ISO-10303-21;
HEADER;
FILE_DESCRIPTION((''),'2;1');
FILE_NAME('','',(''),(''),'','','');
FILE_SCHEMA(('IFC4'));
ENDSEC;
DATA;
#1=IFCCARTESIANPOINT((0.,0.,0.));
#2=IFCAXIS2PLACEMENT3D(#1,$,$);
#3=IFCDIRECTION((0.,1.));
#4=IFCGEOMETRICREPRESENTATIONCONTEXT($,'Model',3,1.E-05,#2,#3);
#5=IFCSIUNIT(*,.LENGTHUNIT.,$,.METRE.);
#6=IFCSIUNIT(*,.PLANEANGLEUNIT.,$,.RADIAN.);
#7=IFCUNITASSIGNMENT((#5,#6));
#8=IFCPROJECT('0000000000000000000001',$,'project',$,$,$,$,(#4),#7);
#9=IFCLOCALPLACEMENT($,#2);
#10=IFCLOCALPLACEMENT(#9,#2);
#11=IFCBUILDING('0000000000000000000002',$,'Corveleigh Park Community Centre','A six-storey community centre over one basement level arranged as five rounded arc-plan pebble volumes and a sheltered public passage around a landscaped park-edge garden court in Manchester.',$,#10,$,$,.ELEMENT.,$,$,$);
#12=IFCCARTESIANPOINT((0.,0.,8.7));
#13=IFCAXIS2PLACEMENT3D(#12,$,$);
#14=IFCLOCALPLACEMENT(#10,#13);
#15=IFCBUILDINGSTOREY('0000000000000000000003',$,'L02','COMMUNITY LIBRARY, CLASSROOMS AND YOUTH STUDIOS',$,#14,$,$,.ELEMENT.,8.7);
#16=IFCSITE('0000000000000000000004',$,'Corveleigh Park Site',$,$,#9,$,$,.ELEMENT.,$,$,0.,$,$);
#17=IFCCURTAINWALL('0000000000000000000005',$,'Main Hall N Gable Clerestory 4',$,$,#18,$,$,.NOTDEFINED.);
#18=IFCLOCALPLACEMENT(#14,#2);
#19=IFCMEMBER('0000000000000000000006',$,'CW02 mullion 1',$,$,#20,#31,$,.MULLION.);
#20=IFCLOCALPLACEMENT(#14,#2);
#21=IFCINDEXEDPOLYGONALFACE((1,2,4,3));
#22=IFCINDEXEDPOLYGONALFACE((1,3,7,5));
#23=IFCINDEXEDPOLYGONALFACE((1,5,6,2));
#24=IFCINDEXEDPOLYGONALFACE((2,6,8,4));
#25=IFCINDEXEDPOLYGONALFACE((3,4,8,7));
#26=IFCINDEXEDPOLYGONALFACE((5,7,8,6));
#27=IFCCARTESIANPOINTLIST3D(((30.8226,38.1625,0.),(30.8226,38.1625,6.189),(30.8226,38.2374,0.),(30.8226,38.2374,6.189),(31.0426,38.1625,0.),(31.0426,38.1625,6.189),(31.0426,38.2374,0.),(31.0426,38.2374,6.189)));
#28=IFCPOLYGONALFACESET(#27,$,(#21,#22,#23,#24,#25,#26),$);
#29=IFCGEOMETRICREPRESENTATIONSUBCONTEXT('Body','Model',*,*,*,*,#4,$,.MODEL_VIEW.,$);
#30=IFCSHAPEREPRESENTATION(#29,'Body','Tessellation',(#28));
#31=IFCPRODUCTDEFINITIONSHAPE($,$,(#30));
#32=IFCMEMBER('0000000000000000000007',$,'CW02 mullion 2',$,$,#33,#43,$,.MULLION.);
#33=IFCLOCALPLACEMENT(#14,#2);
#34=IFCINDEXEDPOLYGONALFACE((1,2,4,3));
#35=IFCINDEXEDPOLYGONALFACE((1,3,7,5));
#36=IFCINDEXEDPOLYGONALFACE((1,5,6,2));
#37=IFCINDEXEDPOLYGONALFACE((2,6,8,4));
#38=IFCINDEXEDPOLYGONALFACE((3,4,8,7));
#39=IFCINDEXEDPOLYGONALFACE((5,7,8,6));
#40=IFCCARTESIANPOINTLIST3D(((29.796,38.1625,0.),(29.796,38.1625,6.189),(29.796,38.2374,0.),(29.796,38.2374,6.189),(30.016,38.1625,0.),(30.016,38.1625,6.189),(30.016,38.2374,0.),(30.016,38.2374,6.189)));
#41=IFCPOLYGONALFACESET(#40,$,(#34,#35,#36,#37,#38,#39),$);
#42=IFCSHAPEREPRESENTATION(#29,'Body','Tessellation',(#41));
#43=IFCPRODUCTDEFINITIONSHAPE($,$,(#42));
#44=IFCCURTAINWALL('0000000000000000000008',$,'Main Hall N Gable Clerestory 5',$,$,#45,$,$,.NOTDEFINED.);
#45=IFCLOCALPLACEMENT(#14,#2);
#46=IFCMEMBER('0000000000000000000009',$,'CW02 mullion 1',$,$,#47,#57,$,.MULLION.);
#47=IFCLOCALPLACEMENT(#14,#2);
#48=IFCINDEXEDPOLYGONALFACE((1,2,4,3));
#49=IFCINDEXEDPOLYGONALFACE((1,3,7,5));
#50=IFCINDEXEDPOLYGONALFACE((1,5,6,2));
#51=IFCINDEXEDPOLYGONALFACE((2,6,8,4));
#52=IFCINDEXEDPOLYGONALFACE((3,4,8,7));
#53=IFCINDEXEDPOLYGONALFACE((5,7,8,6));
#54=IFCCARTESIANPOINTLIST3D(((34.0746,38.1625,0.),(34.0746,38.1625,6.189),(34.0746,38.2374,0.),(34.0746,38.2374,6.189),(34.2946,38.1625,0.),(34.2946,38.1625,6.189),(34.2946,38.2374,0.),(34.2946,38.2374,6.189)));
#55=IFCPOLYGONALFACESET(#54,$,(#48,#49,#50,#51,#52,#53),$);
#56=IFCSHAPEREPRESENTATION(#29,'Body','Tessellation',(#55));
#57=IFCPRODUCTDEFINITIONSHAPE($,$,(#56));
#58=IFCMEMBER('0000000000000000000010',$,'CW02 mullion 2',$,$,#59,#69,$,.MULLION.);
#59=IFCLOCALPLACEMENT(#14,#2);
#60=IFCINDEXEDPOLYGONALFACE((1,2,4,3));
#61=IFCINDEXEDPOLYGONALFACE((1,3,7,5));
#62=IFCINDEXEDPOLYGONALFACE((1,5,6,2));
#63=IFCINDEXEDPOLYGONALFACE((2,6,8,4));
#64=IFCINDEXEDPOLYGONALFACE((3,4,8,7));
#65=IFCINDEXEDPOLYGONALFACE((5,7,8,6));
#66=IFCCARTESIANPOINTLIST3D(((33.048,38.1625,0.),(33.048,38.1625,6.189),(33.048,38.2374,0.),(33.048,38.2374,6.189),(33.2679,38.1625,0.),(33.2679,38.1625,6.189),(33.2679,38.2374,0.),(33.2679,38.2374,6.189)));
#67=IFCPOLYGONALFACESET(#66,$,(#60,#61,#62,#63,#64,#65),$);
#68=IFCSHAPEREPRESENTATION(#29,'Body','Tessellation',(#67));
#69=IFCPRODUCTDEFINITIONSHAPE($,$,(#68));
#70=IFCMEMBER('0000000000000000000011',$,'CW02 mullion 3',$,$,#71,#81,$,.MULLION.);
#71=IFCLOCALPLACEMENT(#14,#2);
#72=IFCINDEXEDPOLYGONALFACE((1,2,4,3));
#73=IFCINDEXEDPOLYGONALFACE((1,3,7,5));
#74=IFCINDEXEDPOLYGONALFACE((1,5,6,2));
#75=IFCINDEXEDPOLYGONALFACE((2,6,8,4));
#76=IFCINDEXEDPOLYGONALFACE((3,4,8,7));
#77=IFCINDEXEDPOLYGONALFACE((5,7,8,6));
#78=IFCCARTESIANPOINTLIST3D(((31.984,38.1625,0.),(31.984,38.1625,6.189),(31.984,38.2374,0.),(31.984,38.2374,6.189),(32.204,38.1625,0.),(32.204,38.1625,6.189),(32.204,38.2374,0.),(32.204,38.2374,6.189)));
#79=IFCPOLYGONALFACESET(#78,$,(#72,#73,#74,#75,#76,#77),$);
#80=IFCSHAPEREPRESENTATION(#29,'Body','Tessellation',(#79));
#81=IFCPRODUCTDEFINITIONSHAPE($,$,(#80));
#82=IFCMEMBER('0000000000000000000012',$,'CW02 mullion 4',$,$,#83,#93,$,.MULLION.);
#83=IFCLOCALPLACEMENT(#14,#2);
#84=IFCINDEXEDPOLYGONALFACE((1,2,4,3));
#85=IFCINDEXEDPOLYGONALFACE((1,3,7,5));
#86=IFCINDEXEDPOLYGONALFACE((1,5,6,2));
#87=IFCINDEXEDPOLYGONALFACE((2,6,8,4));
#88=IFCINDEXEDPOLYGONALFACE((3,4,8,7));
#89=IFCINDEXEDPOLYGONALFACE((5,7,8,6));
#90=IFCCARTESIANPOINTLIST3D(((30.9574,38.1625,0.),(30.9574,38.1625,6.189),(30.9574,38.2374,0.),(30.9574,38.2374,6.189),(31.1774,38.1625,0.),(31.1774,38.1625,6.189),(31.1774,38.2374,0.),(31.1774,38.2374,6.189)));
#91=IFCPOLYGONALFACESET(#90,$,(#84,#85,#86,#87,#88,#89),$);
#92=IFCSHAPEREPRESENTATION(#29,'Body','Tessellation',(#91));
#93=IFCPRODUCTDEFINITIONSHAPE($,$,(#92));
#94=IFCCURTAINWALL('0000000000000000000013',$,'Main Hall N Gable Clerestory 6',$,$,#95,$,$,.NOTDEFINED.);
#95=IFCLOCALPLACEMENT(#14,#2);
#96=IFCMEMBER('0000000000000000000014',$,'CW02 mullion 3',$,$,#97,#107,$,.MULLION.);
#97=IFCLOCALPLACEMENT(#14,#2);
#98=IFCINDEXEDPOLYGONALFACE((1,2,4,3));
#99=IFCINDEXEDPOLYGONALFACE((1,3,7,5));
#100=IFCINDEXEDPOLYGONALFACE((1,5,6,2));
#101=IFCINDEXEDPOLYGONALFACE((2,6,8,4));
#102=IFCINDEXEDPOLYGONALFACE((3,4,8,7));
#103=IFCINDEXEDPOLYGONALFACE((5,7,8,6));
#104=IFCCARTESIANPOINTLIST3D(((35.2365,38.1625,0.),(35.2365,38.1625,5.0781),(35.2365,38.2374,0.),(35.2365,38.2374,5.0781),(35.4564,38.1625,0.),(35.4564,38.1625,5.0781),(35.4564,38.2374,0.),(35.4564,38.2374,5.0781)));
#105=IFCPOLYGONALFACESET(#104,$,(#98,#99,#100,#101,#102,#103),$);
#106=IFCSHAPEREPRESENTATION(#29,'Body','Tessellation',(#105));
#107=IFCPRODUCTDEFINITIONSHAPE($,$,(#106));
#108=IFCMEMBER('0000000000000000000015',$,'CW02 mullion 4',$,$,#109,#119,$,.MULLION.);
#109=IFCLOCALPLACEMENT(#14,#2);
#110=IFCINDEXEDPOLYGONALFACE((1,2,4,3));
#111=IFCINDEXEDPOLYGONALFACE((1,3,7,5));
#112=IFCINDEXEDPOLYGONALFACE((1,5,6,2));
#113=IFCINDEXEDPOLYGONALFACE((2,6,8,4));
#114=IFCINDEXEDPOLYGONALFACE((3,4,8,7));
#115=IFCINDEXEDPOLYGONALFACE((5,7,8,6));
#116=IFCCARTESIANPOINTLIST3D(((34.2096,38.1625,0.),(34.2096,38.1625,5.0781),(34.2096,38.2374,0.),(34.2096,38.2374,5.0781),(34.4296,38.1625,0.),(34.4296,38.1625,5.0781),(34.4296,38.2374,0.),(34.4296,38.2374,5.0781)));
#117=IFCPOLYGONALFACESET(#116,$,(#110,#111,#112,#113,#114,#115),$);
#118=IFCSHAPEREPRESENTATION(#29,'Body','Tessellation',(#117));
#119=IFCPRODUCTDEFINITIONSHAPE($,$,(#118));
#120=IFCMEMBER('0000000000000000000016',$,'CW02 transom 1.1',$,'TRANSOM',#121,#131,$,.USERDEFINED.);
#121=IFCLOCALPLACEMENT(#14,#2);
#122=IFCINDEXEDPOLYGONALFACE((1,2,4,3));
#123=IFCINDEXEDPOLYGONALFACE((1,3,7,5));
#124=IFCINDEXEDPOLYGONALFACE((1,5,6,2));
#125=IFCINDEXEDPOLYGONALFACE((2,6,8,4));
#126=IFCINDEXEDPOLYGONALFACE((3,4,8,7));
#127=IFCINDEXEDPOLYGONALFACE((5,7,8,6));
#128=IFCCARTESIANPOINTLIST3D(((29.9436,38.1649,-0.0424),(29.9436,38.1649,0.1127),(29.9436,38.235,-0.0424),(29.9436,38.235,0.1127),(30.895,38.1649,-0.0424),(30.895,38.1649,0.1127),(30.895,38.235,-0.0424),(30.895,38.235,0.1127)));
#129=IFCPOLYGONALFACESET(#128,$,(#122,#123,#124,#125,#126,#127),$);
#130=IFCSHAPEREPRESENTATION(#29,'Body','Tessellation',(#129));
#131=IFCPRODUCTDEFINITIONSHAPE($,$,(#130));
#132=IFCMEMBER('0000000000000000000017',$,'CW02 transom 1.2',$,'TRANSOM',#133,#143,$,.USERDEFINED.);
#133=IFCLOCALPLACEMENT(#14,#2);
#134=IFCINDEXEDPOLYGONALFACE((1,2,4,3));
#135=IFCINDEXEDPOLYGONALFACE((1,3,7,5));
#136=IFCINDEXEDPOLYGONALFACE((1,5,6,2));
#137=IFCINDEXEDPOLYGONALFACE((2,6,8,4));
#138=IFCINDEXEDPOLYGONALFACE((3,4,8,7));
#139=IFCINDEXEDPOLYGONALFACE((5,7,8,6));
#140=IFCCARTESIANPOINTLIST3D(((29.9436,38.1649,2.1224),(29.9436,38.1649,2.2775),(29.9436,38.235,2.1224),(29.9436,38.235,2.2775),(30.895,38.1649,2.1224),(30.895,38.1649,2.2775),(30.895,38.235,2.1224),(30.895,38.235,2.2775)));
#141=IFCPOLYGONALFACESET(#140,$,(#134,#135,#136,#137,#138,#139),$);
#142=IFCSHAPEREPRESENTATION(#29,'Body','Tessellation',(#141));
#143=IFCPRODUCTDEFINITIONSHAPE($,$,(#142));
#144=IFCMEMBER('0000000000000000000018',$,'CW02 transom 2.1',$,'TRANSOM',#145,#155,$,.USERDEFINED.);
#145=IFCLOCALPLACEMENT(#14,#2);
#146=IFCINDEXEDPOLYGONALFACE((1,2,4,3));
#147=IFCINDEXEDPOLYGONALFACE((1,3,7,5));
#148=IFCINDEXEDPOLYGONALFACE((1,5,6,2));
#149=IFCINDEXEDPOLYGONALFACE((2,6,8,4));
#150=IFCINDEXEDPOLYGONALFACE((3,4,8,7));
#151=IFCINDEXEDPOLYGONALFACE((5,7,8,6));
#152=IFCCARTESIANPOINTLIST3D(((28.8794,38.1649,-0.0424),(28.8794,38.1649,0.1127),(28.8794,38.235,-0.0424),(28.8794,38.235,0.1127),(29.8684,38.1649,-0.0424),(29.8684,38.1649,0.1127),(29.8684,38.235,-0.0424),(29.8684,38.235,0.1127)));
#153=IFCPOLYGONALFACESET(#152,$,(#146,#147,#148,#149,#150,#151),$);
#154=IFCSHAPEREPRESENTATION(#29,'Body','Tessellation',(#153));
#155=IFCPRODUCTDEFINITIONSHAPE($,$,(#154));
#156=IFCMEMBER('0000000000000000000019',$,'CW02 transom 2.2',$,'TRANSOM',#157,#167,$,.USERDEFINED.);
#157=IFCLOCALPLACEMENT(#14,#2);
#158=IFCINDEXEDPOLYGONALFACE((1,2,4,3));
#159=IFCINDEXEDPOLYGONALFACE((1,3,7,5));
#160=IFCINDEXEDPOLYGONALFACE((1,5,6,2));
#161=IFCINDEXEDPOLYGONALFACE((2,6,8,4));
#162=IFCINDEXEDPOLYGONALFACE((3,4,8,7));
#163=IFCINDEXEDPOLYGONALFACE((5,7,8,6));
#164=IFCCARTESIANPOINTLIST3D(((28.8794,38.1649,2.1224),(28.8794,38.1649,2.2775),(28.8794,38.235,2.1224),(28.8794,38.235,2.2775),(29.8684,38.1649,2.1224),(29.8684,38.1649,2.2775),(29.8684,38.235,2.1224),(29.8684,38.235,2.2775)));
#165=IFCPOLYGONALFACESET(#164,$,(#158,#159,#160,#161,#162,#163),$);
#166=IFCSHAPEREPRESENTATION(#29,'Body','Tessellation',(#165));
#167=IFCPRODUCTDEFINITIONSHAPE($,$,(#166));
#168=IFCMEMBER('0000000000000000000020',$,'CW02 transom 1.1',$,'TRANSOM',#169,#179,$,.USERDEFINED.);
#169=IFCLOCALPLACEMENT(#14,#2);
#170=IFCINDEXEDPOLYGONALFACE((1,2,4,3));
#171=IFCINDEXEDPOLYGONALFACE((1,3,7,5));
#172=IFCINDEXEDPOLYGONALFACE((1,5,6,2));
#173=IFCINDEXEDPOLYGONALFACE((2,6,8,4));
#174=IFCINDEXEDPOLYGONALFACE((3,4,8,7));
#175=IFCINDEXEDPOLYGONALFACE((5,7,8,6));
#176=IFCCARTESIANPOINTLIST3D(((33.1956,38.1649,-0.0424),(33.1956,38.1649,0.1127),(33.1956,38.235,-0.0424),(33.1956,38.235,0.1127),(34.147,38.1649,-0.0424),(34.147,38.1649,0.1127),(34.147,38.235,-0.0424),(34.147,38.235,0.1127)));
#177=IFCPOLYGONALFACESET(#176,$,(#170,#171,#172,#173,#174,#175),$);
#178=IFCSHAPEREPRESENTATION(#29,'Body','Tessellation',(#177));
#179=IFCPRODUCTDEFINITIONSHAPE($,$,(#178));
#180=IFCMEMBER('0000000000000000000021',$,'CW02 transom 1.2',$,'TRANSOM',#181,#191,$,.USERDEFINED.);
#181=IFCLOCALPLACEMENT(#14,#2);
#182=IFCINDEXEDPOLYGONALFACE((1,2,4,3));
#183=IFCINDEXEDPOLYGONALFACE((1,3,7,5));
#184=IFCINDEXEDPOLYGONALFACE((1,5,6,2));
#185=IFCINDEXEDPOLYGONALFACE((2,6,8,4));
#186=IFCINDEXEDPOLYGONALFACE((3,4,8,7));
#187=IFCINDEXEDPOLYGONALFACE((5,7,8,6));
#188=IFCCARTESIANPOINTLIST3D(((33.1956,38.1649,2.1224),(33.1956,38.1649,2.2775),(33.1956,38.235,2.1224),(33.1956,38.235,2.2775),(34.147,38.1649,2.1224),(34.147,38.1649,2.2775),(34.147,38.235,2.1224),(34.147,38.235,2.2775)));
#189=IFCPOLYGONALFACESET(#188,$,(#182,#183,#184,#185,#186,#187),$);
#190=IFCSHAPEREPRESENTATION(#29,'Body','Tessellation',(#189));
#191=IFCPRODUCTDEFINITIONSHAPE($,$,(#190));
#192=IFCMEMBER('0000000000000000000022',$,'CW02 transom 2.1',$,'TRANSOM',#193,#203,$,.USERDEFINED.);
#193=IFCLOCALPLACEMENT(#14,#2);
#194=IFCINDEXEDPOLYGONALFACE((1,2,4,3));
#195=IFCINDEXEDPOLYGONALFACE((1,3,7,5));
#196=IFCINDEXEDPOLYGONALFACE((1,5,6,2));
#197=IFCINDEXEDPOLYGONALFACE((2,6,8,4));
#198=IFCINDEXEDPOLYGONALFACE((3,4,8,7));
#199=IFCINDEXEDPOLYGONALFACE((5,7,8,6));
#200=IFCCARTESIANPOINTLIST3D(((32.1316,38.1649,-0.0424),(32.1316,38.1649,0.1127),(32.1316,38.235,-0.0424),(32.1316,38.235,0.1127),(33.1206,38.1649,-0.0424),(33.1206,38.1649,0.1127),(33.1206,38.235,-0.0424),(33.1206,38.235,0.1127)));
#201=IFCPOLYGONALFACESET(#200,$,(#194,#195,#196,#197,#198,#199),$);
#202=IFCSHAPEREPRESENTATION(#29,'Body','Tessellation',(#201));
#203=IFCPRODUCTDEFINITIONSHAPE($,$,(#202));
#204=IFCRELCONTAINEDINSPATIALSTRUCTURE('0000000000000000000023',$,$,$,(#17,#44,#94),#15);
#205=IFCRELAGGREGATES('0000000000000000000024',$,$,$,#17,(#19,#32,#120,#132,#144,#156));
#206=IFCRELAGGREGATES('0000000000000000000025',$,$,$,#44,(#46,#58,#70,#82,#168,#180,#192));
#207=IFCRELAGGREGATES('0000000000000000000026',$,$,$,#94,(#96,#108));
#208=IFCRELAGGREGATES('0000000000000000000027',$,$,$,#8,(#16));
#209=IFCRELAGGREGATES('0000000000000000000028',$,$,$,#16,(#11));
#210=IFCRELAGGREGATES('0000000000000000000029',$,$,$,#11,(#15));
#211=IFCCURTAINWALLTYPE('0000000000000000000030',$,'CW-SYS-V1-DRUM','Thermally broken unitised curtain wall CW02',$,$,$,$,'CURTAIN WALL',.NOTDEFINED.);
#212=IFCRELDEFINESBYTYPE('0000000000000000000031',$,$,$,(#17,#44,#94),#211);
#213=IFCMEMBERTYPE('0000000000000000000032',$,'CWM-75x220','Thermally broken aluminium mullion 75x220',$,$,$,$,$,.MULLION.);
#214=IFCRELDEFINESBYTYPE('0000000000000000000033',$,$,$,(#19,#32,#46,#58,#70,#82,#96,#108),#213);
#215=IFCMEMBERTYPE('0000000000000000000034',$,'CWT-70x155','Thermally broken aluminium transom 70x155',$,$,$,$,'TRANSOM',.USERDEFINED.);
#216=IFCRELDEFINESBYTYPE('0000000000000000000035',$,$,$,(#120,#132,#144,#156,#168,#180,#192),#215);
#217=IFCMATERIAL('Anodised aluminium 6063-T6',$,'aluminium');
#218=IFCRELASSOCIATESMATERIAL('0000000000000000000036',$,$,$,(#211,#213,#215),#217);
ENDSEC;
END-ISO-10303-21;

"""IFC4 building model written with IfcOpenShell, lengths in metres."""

from ifc_helpers import new_model, si_unit, direction, frame, origin, origin_2d, place, context, subcontext, project, spatial, rectangle, extrude, material, material_profile, profile_set, type_object, element, aggregate, save


model = new_model("IFC4")

# Units and contexts
model_context = context("Model", 3, precision=1e-05, world=origin(), true_north=direction((0.0, 1.0)))
body_context = subcontext(model_context, "Body", "Model", "MODEL_VIEW")
ifc_project = project(units=[si_unit("LENGTHUNIT", "METRE"), si_unit("PLANEANGLEUNIT", "RADIAN")], contexts=[model_context])

# Site, building, storey
site_placement = place(None, origin())
site = spatial("IfcSite", under=ifc_project, at=site_placement, Name="Corveleigh Park Site", CompositionType="ELEMENT", RefElevation=0.0)
building_placement = place(site_placement, origin())
building = spatial("IfcBuilding", under=site, at=building_placement, Name="Corveleigh Park Community Centre", Description="A six-storey community centre over one basement level arranged as five rounded arc-plan pebble volumes and a sheltered public passage around a landscaped park-edge garden court in Manchester.", CompositionType="ELEMENT")
storey_placement = place(building_placement, frame((0.0, 0.0, 8.7)))
storey = spatial("IfcBuildingStorey", under=building, at=storey_placement, Name="L02", Description="COMMUNITY LIBRARY, CLASSROOMS AND YOUTH STUDIOS", CompositionType="ELEMENT", Elevation=8.7)

# Curtain walls, members
ifc_material_1 = material(Name="Anodised aluminium 6063-T6", Category="aluminium")
curtain_wall_type = type_object("IfcCurtainWallType", Name="CW-SYS-V1-DRUM", Description="Thermally broken unitised curtain wall CW02", ElementType="CURTAIN WALL", PredefinedType="NOTDEFINED", material=ifc_material_1)
curtain_wall_1_placement = place(storey_placement, origin())
curtain_wall_1 = element("IfcCurtainWall", 1, at=curtain_wall_1_placement, inside=storey, type_object=curtain_wall_type, Name="Main Hall N Gable Clerestory 4", PredefinedType="NOTDEFINED")
ifc_material_profile_1 = material_profile(ifc_material_1, rectangle(XDim=0.075, YDim=0.22, at=origin_2d()), Name="ALU-M75x220", Category="aluminium")
ifc_profile_set_1 = profile_set([ifc_material_profile_1], Name="Anodised aluminium 6063-T6")
member_type_1 = type_object("IfcMemberType", Name="CWM-75x220", Description="Thermally broken aluminium mullion 75x220", PredefinedType="MULLION", material=ifc_profile_set_1)
member_1_placement = place(storey_placement, frame((30.9326, 38.2, 0.0), z_axis=(0.0, 0.0, 1.0), x_axis=(0.0, -1.0, 0.0)))
member_1 = element("IfcMember", 2, at=member_1_placement, type_object=member_type_1, Name="CW02 mullion 1", PredefinedType="MULLION", context=body_context, shape_type="SweptSolid", body=[
    extrude(rectangle(XDim=0.075, YDim=0.22, at=origin_2d()), origin(), (0.0, 0.0, 1.0), 6.189),
])
member_2_placement = place(storey_placement, frame((29.906, 38.2, 0.0), z_axis=(0.0, 0.0, 1.0), x_axis=(0.0, -1.0, 0.0)))
member_2 = element("IfcMember", 3, at=member_2_placement, type_object=member_type_1, Name="CW02 mullion 2", PredefinedType="MULLION", context=body_context, shape_type="SweptSolid", body=[
    extrude(rectangle(XDim=0.075, YDim=0.22, at=origin_2d()), origin(), (0.0, 0.0, 1.0), 6.189),
])
curtain_wall_2_placement = place(storey_placement, origin())
curtain_wall_2 = element("IfcCurtainWall", 4, at=curtain_wall_2_placement, inside=storey, type_object=curtain_wall_type, Name="Main Hall N Gable Clerestory 5", PredefinedType="NOTDEFINED")
member_3_placement = place(storey_placement, frame((34.1846, 38.2, 0.0), z_axis=(0.0, 0.0, 1.0), x_axis=(0.0, -1.0, 0.0)))
member_3 = element("IfcMember", 5, at=member_3_placement, type_object=member_type_1, Name="CW02 mullion 1", PredefinedType="MULLION", context=body_context, shape_type="SweptSolid", body=[
    extrude(rectangle(XDim=0.075, YDim=0.22, at=origin_2d()), origin(), (0.0, 0.0, 1.0), 6.189),
])
member_4_placement = place(storey_placement, frame((33.158, 38.2, 0.0), z_axis=(0.0, 0.0, 1.0), x_axis=(0.0, -1.0, 0.0)))
member_4 = element("IfcMember", 6, at=member_4_placement, type_object=member_type_1, Name="CW02 mullion 2", PredefinedType="MULLION", context=body_context, shape_type="SweptSolid", body=[
    extrude(rectangle(XDim=0.075, YDim=0.22, at=origin_2d()), origin(), (0.0, 0.0, 1.0), 6.189),
])
member_5_placement = place(storey_placement, frame((32.094, 38.2, 0.0), z_axis=(0.0, 0.0, 1.0), x_axis=(0.0, -1.0, 0.0)))
member_5 = element("IfcMember", 7, at=member_5_placement, type_object=member_type_1, Name="CW02 mullion 3", PredefinedType="MULLION", context=body_context, shape_type="SweptSolid", body=[
    extrude(rectangle(XDim=0.075, YDim=0.22, at=origin_2d()), origin(), (0.0, 0.0, 1.0), 6.189),
])
member_6_placement = place(storey_placement, frame((31.0674, 38.2, 0.0), z_axis=(0.0, 0.0, 1.0), x_axis=(0.0, -1.0, 0.0)))
member_6 = element("IfcMember", 8, at=member_6_placement, type_object=member_type_1, Name="CW02 mullion 4", PredefinedType="MULLION", context=body_context, shape_type="SweptSolid", body=[
    extrude(rectangle(XDim=0.075, YDim=0.22, at=origin_2d()), origin(), (0.0, 0.0, 1.0), 6.189),
])
curtain_wall_3_placement = place(storey_placement, origin())
curtain_wall_3 = element("IfcCurtainWall", 9, at=curtain_wall_3_placement, inside=storey, type_object=curtain_wall_type, Name="Main Hall N Gable Clerestory 6", PredefinedType="NOTDEFINED")
member_7_placement = place(storey_placement, frame((35.3464, 38.2, 0.0), z_axis=(0.0, 0.0, 1.0), x_axis=(0.0, -1.0, 0.0)))
member_7 = element("IfcMember", 10, at=member_7_placement, type_object=member_type_1, Name="CW02 mullion 3", PredefinedType="MULLION", context=body_context, shape_type="SweptSolid", body=[
    extrude(rectangle(XDim=0.075, YDim=0.22, at=origin_2d()), origin(), (0.0, 0.0, 1.0), 5.0781),
])
member_8_placement = place(storey_placement, frame((34.3196, 38.2, 0.0), z_axis=(0.0, 0.0, 1.0), x_axis=(0.0, -1.0, 0.0)))
member_8 = element("IfcMember", 11, at=member_8_placement, type_object=member_type_1, Name="CW02 mullion 4", PredefinedType="MULLION", context=body_context, shape_type="SweptSolid", body=[
    extrude(rectangle(XDim=0.075, YDim=0.22, at=origin_2d()), origin(), (0.0, 0.0, 1.0), 5.0781),
])

# Members
ifc_material_profile_2 = material_profile(ifc_material_1, rectangle(XDim=0.0701, YDim=0.155, at=origin_2d()), Name="ALU-T70x155", Category="aluminium")
ifc_profile_set_2 = profile_set([ifc_material_profile_2], Name="Anodised aluminium 6063-T6")
member_type_2 = type_object("IfcMemberType", Name="CWT-70x155", Description="Thermally broken aluminium transom 70x155", ElementType="TRANSOM", PredefinedType="USERDEFINED", material=ifc_profile_set_2)
member_9_placement = place(storey_placement, frame((30.895, 38.2, 0.0352), z_axis=(-1.0, 0.0, 0.0), x_axis=(0.0, -1.0, 0.0)))
member_9 = element("IfcMember", 12, at=member_9_placement, type_object=member_type_2, Name="CW02 transom 1.1", ObjectType="TRANSOM", PredefinedType="USERDEFINED", context=body_context, shape_type="SweptSolid", body=[
    extrude(rectangle(XDim=0.0701, YDim=0.155, at=origin_2d()), origin(), (0.0, 0.0, 1.0), 0.9514),
])
member_10_placement = place(storey_placement, frame((30.895, 38.2, 2.2), z_axis=(-1.0, 0.0, 0.0), x_axis=(0.0, -1.0, 0.0)))
member_10 = element("IfcMember", 13, at=member_10_placement, type_object=member_type_2, Name="CW02 transom 1.2", ObjectType="TRANSOM", PredefinedType="USERDEFINED", context=body_context, shape_type="SweptSolid", body=[
    extrude(rectangle(XDim=0.0701, YDim=0.155, at=origin_2d()), origin(), (0.0, 0.0, 1.0), 0.9514),
])
member_11_placement = place(storey_placement, frame((29.8684, 38.2, 0.0352), z_axis=(-1.0, 0.0, 0.0), x_axis=(0.0, -1.0, 0.0)))
member_11 = element("IfcMember", 14, at=member_11_placement, type_object=member_type_2, Name="CW02 transom 2.1", ObjectType="TRANSOM", PredefinedType="USERDEFINED", context=body_context, shape_type="SweptSolid", body=[
    extrude(rectangle(XDim=0.0701, YDim=0.155, at=origin_2d()), origin(), (0.0, 0.0, 1.0), 0.989),
])
member_12_placement = place(storey_placement, frame((29.8684, 38.2, 2.2), z_axis=(-1.0, 0.0, 0.0), x_axis=(0.0, -1.0, 0.0)))
member_12 = element("IfcMember", 15, at=member_12_placement, type_object=member_type_2, Name="CW02 transom 2.2", ObjectType="TRANSOM", PredefinedType="USERDEFINED", context=body_context, shape_type="SweptSolid", body=[
    extrude(rectangle(XDim=0.0701, YDim=0.155, at=origin_2d()), origin(), (0.0, 0.0, 1.0), 0.989),
])
member_13_placement = place(storey_placement, frame((34.147, 38.2, 0.0352), z_axis=(-1.0, 0.0, 0.0), x_axis=(0.0, -1.0, 0.0)))
member_13 = element("IfcMember", 16, at=member_13_placement, type_object=member_type_2, Name="CW02 transom 1.1", ObjectType="TRANSOM", PredefinedType="USERDEFINED", context=body_context, shape_type="SweptSolid", body=[
    extrude(rectangle(XDim=0.0701, YDim=0.155, at=origin_2d()), origin(), (0.0, 0.0, 1.0), 0.9514),
])
member_14_placement = place(storey_placement, frame((34.147, 38.2, 2.2), z_axis=(-1.0, 0.0, 0.0), x_axis=(0.0, -1.0, 0.0)))
member_14 = element("IfcMember", 17, at=member_14_placement, type_object=member_type_2, Name="CW02 transom 1.2", ObjectType="TRANSOM", PredefinedType="USERDEFINED", context=body_context, shape_type="SweptSolid", body=[
    extrude(rectangle(XDim=0.0701, YDim=0.155, at=origin_2d()), origin(), (0.0, 0.0, 1.0), 0.9514),
])
member_15_placement = place(storey_placement, frame((33.1206, 38.2, 0.0352), z_axis=(-1.0, 0.0, 0.0), x_axis=(0.0, -1.0, 0.0)))
member_15 = element("IfcMember", 18, at=member_15_placement, type_object=member_type_2, Name="CW02 transom 2.1", ObjectType="TRANSOM", PredefinedType="USERDEFINED", context=body_context, shape_type="SweptSolid", body=[
    extrude(rectangle(XDim=0.0701, YDim=0.155, at=origin_2d()), origin(), (0.0, 0.0, 1.0), 0.989),
])

aggregate(curtain_wall_1, [member_1, member_2, member_9, member_10, member_11, member_12])
aggregate(curtain_wall_2, [member_3, member_4, member_5, member_6, member_13, member_14, member_15])
aggregate(curtain_wall_3, [member_7, member_8])

save(model, "model.ifc")
